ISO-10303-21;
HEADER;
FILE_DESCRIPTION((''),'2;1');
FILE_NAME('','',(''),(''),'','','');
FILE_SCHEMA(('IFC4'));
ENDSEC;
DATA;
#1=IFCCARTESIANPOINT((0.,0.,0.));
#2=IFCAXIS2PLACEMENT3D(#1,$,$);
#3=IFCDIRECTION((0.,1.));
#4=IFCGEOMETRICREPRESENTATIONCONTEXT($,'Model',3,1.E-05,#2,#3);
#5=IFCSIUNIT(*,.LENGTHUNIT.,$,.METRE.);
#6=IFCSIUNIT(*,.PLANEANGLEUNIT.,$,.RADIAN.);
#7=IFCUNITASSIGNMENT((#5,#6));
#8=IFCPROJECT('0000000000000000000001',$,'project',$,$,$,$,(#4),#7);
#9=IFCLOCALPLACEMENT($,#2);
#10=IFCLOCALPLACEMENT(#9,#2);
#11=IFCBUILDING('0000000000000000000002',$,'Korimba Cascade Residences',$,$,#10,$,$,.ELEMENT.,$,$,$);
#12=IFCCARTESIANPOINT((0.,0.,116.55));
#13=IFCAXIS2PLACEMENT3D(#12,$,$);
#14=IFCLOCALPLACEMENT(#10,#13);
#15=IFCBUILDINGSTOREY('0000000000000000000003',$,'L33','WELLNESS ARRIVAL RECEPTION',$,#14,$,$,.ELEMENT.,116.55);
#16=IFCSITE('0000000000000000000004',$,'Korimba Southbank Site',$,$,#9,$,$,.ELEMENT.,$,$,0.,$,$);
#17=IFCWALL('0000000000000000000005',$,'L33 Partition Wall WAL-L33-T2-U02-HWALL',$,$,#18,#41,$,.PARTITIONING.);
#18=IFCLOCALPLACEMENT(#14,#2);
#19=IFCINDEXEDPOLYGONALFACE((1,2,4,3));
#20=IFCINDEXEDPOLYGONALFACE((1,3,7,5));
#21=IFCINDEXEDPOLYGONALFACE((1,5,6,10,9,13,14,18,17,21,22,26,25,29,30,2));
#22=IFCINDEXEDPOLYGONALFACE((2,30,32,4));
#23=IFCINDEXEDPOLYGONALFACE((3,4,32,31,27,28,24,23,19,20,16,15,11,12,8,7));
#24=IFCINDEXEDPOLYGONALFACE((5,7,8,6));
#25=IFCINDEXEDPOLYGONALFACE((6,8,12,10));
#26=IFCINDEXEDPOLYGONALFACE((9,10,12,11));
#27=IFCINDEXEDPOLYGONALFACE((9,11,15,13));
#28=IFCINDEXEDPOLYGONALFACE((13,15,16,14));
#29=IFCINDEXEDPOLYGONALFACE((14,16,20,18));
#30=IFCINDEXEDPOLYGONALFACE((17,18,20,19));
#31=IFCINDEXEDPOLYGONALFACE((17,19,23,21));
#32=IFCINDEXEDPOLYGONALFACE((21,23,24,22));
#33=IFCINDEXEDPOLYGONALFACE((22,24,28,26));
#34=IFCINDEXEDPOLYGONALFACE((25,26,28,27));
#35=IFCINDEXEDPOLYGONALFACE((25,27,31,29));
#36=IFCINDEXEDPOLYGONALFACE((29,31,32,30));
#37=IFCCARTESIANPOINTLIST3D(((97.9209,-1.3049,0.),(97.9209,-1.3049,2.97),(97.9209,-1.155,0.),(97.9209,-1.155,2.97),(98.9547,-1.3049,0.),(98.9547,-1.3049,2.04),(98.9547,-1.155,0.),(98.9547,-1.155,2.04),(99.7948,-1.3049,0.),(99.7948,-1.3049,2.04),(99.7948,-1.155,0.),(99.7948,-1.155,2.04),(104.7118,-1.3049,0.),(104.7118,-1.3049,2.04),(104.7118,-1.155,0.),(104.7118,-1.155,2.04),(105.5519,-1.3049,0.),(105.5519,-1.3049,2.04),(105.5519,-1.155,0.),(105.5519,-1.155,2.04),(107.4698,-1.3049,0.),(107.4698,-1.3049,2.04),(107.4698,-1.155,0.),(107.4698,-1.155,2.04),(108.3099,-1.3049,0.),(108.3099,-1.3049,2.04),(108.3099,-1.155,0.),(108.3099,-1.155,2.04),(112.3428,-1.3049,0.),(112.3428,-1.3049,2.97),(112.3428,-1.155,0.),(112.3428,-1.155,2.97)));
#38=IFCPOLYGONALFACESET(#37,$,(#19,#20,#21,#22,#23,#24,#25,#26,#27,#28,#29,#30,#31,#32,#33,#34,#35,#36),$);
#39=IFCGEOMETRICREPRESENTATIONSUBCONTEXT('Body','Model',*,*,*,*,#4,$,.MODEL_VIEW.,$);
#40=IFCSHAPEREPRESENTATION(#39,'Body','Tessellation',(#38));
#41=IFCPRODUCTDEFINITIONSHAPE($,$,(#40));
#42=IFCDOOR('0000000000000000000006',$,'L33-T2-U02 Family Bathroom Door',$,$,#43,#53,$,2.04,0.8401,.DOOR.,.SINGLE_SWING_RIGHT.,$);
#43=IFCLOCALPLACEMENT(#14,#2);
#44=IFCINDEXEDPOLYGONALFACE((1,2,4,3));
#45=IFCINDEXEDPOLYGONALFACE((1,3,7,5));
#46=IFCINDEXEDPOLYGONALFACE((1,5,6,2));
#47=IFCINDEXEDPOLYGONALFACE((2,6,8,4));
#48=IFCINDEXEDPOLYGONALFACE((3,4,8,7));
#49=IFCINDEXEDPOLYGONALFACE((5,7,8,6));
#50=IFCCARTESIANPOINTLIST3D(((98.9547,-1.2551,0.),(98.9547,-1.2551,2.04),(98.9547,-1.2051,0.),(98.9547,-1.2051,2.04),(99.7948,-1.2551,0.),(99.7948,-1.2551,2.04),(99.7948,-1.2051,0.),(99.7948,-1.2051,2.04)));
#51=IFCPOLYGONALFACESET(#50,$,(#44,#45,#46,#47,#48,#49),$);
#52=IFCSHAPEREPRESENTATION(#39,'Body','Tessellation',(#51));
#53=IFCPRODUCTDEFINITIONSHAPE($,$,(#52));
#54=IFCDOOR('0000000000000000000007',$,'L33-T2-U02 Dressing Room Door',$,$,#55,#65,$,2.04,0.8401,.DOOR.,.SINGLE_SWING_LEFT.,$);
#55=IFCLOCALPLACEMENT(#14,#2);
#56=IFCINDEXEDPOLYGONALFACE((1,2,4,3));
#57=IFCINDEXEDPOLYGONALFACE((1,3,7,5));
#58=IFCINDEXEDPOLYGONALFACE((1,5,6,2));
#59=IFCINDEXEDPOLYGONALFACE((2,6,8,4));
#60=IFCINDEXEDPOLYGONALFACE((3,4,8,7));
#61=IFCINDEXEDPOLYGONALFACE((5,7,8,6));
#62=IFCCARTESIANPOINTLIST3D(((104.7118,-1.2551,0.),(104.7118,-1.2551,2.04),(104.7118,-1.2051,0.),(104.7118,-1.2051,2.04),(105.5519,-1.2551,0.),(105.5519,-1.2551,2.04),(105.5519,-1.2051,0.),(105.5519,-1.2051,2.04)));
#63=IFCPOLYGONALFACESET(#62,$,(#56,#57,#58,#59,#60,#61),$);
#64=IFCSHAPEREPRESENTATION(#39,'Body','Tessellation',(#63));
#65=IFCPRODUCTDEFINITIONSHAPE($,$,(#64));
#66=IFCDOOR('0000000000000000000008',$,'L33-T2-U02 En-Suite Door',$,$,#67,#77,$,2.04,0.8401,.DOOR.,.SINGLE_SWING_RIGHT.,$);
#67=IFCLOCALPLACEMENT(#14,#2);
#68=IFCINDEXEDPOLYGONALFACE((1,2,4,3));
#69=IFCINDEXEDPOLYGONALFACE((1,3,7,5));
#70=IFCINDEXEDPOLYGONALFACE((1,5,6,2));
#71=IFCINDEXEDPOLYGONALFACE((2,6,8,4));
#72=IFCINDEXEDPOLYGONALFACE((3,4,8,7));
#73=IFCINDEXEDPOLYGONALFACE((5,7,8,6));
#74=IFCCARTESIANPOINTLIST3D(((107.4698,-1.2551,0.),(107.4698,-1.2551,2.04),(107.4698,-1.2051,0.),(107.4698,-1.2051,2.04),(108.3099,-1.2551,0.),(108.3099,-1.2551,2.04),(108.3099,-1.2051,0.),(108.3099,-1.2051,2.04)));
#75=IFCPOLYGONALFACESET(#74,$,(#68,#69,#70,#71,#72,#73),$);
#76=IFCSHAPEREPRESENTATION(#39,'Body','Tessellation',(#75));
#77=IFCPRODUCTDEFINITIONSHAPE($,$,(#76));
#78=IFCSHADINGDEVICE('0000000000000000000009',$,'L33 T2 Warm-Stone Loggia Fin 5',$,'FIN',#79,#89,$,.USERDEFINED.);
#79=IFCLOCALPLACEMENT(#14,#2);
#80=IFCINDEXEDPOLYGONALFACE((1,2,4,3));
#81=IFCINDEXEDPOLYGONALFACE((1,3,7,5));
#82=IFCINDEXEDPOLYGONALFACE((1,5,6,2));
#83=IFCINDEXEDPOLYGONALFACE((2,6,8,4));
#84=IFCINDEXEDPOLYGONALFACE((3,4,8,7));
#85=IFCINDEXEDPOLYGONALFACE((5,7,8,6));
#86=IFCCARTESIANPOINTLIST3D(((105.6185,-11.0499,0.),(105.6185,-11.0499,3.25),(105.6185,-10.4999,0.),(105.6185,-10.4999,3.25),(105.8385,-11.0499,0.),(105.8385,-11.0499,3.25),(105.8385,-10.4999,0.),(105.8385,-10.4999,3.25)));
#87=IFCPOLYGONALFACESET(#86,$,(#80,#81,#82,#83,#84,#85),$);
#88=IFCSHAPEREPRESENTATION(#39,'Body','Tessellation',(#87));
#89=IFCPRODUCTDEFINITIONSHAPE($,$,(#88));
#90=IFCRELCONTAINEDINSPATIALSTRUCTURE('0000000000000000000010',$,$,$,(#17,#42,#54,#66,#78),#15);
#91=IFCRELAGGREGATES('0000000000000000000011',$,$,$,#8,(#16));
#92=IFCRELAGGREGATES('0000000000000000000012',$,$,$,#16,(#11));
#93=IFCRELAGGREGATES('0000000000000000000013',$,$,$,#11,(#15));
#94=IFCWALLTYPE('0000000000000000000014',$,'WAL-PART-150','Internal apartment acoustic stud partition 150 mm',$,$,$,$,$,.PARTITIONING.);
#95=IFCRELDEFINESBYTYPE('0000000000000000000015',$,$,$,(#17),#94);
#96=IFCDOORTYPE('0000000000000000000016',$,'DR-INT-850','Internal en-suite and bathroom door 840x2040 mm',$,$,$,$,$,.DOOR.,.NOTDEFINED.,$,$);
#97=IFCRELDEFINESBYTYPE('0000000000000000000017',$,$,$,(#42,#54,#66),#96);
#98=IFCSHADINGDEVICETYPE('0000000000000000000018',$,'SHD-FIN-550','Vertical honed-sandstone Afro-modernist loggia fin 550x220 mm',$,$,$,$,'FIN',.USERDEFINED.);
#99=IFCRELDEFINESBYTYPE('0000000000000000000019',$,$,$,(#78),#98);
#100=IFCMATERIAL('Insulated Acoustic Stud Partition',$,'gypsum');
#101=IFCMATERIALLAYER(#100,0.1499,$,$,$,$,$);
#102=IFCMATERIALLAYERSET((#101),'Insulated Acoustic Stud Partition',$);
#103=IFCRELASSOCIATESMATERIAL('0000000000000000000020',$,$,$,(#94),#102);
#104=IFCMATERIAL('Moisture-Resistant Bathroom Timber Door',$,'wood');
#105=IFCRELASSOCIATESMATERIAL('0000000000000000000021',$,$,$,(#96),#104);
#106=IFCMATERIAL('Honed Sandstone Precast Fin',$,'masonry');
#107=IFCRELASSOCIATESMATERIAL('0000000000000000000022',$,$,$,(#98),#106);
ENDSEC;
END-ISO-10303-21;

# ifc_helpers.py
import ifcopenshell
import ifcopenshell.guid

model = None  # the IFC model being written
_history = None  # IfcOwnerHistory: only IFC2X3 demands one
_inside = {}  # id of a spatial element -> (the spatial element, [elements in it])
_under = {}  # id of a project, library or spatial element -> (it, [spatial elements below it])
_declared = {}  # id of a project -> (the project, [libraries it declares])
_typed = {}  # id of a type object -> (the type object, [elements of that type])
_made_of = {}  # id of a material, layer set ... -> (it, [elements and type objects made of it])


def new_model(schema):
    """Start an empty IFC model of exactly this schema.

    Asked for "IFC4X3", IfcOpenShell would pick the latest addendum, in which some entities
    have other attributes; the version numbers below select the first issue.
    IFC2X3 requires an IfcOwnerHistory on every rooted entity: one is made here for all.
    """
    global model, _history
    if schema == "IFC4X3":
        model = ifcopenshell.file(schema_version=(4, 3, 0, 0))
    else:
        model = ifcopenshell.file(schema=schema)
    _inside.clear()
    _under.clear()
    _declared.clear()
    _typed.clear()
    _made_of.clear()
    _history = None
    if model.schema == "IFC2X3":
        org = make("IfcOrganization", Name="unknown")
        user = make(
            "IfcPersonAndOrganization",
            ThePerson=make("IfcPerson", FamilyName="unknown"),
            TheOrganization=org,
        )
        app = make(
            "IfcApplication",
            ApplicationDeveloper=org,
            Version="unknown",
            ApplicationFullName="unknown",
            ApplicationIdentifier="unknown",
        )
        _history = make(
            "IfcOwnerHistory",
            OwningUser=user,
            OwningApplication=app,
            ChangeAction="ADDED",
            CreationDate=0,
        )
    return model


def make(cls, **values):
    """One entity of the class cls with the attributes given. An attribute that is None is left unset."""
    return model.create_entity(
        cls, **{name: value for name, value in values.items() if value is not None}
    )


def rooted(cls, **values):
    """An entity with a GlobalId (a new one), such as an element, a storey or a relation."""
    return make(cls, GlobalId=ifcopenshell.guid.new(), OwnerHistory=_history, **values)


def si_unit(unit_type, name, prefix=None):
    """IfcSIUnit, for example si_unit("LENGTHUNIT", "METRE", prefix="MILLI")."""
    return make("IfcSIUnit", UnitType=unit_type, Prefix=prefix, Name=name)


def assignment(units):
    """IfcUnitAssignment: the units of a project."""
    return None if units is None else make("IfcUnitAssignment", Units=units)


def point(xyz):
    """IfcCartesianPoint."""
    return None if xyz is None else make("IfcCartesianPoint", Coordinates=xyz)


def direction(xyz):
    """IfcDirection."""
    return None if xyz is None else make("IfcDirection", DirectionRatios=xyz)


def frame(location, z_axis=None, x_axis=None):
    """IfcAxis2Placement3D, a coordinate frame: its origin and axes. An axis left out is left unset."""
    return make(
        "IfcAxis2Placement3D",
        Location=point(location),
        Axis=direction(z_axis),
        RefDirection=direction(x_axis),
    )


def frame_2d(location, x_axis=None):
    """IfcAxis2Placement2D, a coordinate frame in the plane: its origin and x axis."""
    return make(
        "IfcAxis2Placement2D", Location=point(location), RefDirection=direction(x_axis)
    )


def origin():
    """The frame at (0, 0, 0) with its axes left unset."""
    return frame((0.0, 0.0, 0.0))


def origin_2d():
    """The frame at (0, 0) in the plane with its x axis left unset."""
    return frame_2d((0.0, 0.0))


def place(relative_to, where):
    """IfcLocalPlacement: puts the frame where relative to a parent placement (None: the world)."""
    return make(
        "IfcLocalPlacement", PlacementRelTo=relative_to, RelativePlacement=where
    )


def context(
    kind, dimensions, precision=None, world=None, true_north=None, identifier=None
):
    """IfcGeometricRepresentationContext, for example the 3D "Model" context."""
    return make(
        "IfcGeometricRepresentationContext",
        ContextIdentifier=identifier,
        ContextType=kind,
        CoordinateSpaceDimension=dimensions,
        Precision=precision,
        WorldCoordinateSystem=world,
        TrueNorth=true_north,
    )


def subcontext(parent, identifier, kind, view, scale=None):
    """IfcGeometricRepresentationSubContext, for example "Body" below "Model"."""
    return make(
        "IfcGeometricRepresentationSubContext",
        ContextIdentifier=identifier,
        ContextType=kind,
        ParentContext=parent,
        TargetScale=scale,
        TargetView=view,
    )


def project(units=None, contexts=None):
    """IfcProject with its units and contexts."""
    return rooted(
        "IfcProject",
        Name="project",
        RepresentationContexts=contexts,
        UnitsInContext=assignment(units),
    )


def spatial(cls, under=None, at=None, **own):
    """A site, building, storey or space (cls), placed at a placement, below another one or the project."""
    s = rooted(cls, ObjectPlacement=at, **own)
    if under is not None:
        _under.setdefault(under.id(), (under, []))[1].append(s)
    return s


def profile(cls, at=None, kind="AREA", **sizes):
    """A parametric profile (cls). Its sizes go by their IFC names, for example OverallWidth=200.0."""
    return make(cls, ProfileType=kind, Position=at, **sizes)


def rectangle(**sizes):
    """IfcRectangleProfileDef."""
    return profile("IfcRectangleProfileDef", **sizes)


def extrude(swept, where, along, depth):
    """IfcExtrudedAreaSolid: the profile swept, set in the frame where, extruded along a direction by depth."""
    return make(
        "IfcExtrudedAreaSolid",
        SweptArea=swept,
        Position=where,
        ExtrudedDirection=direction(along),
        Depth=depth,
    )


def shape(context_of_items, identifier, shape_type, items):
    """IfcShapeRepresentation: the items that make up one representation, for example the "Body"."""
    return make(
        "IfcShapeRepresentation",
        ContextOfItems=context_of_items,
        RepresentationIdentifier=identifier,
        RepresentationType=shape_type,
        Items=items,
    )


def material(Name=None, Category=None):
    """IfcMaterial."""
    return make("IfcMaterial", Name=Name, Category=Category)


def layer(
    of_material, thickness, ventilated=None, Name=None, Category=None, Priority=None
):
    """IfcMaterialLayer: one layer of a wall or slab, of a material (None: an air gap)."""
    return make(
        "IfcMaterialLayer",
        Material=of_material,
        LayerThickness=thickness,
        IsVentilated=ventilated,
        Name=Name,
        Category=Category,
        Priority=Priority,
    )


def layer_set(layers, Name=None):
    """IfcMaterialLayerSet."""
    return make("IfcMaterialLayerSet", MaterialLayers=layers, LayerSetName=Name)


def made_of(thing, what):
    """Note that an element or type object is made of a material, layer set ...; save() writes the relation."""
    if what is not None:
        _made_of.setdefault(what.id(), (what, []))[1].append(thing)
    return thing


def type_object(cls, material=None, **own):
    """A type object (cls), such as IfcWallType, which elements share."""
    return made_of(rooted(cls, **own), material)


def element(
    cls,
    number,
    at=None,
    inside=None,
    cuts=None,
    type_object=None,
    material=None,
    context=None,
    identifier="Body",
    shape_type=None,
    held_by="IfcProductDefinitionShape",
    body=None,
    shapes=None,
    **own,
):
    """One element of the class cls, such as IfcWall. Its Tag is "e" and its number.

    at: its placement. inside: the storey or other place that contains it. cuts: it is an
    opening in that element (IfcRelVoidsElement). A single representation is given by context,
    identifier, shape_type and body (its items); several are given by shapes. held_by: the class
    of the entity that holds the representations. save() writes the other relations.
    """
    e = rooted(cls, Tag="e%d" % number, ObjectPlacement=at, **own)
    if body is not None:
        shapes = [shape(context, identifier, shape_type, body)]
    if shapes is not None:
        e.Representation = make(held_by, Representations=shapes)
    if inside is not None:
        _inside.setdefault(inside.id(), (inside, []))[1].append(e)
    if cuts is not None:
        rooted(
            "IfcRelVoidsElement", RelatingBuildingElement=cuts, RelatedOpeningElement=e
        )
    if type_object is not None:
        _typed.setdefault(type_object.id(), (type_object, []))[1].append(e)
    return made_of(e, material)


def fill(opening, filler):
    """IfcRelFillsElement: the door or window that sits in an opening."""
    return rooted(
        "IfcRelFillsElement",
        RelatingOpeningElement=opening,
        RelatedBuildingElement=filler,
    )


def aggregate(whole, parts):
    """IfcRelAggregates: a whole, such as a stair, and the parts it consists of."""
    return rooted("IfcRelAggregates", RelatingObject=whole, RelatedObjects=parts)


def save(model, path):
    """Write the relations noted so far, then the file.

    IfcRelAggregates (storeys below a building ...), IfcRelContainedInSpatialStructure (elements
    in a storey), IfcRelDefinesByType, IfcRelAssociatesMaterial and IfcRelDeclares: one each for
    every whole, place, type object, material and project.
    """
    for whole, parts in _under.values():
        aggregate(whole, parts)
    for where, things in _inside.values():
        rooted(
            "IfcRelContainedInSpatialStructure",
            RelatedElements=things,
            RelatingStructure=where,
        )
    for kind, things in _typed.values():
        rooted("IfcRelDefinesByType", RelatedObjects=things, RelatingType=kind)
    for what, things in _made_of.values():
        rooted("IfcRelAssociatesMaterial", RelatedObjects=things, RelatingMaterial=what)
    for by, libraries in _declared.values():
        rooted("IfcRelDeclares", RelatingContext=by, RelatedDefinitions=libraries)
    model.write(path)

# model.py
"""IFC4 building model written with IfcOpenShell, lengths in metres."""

from ifc_helpers import new_model, si_unit, direction, frame, frame_2d, origin, origin_2d, place, context, subcontext, project, spatial, rectangle, extrude, material, layer, layer_set, type_object, element, fill, save


model = new_model("IFC4")

# Units and contexts
model_context = context("Model", 3, precision=1e-05, world=origin(), true_north=direction((0.0, 1.0)))
body_context = subcontext(model_context, "Body", "Model", "MODEL_VIEW")
ifc_project = project(units=[si_unit("LENGTHUNIT", "METRE"), si_unit("PLANEANGLEUNIT", "RADIAN")], contexts=[model_context])

# Site, building, storey
site_placement = place(None, origin())
site = spatial("IfcSite", under=ifc_project, at=site_placement, Name="Korimba Southbank Site", CompositionType="ELEMENT", RefElevation=0.0)
building_placement = place(site_placement, origin())
building = spatial("IfcBuilding", under=site, at=building_placement, Name="Korimba Cascade Residences", CompositionType="ELEMENT")
storey_placement = place(building_placement, frame((0.0, 0.0, 116.55)))
storey = spatial("IfcBuildingStorey", under=building, at=storey_placement, Name="L33", Description="WELLNESS ARRIVAL RECEPTION", CompositionType="ELEMENT", Elevation=116.55)

# Shared definitions
ifc_material_1 = material(Name="Insulated Acoustic Stud Partition", Category="gypsum")
ifc_layer = layer(ifc_material_1, 0.1499)
ifc_layer_set = layer_set([ifc_layer], Name="Insulated Acoustic Stud Partition")
wall_type = type_object("IfcWallType", Name="WAL-PART-150", Description="Internal apartment acoustic stud partition 150 mm", PredefinedType="PARTITIONING", material=ifc_layer_set)
ifc_material_2 = material(Name="Moisture-Resistant Bathroom Timber Door", Category="wood")
door_type_1 = type_object("IfcDoorType", Name="DR-INT-850", Description="Internal en-suite and bathroom door 840x2040 mm", OperationType="NOTDEFINED", PredefinedType="DOOR", material=ifc_material_2)

# Wall, openings, doors
wall_1_placement = place(storey_placement, frame((97.9209, -1.23, 0.0), z_axis=(0.0, 0.0, 1.0), x_axis=(1.0, 0.0, 0.0)))
wall_1 = element("IfcWall", 1, at=wall_1_placement, inside=storey, type_object=wall_type, Name="L33 Partition Wall WAL-L33-T2-U02-HWALL", PredefinedType="PARTITIONING", context=body_context, shape_type="SweptSolid", body=[
    extrude(rectangle(XDim=14.4219, YDim=0.1499, at=frame_2d((7.2109, 0.0))), origin(), (0.0, 0.0, 1.0), 2.97),
])
opening_1_placement = place(wall_1_placement, frame((1.0339, 0.0, 0.0)))
opening_1 = element("IfcOpeningElement", 2, at=opening_1_placement, cuts=wall_1, PredefinedType="OPENING", context=body_context, shape_type="SweptSolid", body=[
    extrude(rectangle(XDim=0.8401, YDim=2.04, at=frame_2d((0.4199, 1.02))), frame((0.0, 0.085, 0.0), z_axis=(0.0, -1.0, 0.0), x_axis=(1.0, 0.0, 0.0)), (0.0, 0.0, 1.0), 0.1699),
])
opening_2_placement = place(wall_1_placement, frame((6.791, 0.0, 0.0)))
opening_2 = element("IfcOpeningElement", 3, at=opening_2_placement, cuts=wall_1, PredefinedType="OPENING", context=body_context, shape_type="SweptSolid", body=[
    extrude(rectangle(XDim=0.8401, YDim=2.04, at=frame_2d((0.4199, 1.02))), frame((0.0, 0.085, 0.0), z_axis=(0.0, -1.0, 0.0), x_axis=(1.0, 0.0, 0.0)), (0.0, 0.0, 1.0), 0.1699),
])
opening_3_placement = place(wall_1_placement, frame((9.5491, 0.0, 0.0)))
opening_3 = element("IfcOpeningElement", 4, at=opening_3_placement, cuts=wall_1, PredefinedType="OPENING", context=body_context, shape_type="SweptSolid", body=[
    extrude(rectangle(XDim=0.8401, YDim=2.04, at=frame_2d((0.4199, 1.02))), frame((0.0, 0.085, 0.0), z_axis=(0.0, -1.0, 0.0), x_axis=(1.0, 0.0, 0.0)), (0.0, 0.0, 1.0), 0.1699),
])
door_1_placement = place(opening_1_placement, origin())
door_1 = element("IfcDoor", 5, at=door_1_placement, inside=storey, type_object=door_type_1, Name="L33-T2-U02 Family Bathroom Door", OperationType="SINGLE_SWING_RIGHT", OverallHeight=2.04, OverallWidth=0.8401, PredefinedType="DOOR", context=body_context, shape_type="SweptSolid", body=[
    extrude(rectangle(XDim=0.8401, YDim=2.04, at=frame_2d((0.4199, 1.02))), frame((0.0, 0.0249, 0.0), z_axis=(0.0, -1.0, 0.0), x_axis=(1.0, 0.0, 0.0)), (0.0, 0.0, 1.0), 0.05),
])
fill(opening_1, door_1)
door_2_placement = place(opening_2_placement, origin())
door_2 = element("IfcDoor", 6, at=door_2_placement, inside=storey, type_object=door_type_1, Name="L33-T2-U02 Dressing Room Door", OperationType="SINGLE_SWING_LEFT", OverallHeight=2.04, OverallWidth=0.8401, PredefinedType="DOOR", context=body_context, shape_type="SweptSolid", body=[
    extrude(rectangle(XDim=0.8401, YDim=2.04, at=frame_2d((0.4199, 1.02))), frame((0.0, 0.0249, 0.0), z_axis=(0.0, -1.0, 0.0), x_axis=(1.0, 0.0, 0.0)), (0.0, 0.0, 1.0), 0.05),
])
fill(opening_2, door_2)
door_3_placement = place(opening_3_placement, origin())
door_3 = element("IfcDoor", 7, at=door_3_placement, inside=storey, type_object=door_type_1, Name="L33-T2-U02 En-Suite Door", OperationType="SINGLE_SWING_RIGHT", OverallHeight=2.04, OverallWidth=0.8401, PredefinedType="DOOR", context=body_context, shape_type="SweptSolid", body=[
    extrude(rectangle(XDim=0.8401, YDim=2.04, at=frame_2d((0.4199, 1.02))), frame((0.0, 0.0249, 0.0), z_axis=(0.0, -1.0, 0.0), x_axis=(1.0, 0.0, 0.0)), (0.0, 0.0, 1.0), 0.05),
])
fill(opening_3, door_3)

# Shading device
ifc_material_3 = material(Name="Honed Sandstone Precast Fin", Category="masonry")
shading_device_type = type_object("IfcShadingDeviceType", Name="SHD-FIN-550", Description="Vertical honed-sandstone Afro-modernist loggia fin 550x220 mm", ElementType="FIN", PredefinedType="USERDEFINED", material=ifc_material_3)
shading_device_placement = place(storey_placement, frame((105.7285, -10.7749, 0.0), z_axis=(0.0, 0.0, 1.0), x_axis=(1.0, 0.0, 0.0)))
element("IfcShadingDevice", 8, at=shading_device_placement, inside=storey, type_object=shading_device_type, Name="L33 T2 Warm-Stone Loggia Fin 5", ObjectType="FIN", PredefinedType="USERDEFINED", context=body_context, shape_type="SweptSolid", body=[
    extrude(rectangle(XDim=0.22, YDim=0.55, at=origin_2d()), origin(), (0.0, 0.0, 1.0), 3.25),
])

save(model, "model.ifc")
